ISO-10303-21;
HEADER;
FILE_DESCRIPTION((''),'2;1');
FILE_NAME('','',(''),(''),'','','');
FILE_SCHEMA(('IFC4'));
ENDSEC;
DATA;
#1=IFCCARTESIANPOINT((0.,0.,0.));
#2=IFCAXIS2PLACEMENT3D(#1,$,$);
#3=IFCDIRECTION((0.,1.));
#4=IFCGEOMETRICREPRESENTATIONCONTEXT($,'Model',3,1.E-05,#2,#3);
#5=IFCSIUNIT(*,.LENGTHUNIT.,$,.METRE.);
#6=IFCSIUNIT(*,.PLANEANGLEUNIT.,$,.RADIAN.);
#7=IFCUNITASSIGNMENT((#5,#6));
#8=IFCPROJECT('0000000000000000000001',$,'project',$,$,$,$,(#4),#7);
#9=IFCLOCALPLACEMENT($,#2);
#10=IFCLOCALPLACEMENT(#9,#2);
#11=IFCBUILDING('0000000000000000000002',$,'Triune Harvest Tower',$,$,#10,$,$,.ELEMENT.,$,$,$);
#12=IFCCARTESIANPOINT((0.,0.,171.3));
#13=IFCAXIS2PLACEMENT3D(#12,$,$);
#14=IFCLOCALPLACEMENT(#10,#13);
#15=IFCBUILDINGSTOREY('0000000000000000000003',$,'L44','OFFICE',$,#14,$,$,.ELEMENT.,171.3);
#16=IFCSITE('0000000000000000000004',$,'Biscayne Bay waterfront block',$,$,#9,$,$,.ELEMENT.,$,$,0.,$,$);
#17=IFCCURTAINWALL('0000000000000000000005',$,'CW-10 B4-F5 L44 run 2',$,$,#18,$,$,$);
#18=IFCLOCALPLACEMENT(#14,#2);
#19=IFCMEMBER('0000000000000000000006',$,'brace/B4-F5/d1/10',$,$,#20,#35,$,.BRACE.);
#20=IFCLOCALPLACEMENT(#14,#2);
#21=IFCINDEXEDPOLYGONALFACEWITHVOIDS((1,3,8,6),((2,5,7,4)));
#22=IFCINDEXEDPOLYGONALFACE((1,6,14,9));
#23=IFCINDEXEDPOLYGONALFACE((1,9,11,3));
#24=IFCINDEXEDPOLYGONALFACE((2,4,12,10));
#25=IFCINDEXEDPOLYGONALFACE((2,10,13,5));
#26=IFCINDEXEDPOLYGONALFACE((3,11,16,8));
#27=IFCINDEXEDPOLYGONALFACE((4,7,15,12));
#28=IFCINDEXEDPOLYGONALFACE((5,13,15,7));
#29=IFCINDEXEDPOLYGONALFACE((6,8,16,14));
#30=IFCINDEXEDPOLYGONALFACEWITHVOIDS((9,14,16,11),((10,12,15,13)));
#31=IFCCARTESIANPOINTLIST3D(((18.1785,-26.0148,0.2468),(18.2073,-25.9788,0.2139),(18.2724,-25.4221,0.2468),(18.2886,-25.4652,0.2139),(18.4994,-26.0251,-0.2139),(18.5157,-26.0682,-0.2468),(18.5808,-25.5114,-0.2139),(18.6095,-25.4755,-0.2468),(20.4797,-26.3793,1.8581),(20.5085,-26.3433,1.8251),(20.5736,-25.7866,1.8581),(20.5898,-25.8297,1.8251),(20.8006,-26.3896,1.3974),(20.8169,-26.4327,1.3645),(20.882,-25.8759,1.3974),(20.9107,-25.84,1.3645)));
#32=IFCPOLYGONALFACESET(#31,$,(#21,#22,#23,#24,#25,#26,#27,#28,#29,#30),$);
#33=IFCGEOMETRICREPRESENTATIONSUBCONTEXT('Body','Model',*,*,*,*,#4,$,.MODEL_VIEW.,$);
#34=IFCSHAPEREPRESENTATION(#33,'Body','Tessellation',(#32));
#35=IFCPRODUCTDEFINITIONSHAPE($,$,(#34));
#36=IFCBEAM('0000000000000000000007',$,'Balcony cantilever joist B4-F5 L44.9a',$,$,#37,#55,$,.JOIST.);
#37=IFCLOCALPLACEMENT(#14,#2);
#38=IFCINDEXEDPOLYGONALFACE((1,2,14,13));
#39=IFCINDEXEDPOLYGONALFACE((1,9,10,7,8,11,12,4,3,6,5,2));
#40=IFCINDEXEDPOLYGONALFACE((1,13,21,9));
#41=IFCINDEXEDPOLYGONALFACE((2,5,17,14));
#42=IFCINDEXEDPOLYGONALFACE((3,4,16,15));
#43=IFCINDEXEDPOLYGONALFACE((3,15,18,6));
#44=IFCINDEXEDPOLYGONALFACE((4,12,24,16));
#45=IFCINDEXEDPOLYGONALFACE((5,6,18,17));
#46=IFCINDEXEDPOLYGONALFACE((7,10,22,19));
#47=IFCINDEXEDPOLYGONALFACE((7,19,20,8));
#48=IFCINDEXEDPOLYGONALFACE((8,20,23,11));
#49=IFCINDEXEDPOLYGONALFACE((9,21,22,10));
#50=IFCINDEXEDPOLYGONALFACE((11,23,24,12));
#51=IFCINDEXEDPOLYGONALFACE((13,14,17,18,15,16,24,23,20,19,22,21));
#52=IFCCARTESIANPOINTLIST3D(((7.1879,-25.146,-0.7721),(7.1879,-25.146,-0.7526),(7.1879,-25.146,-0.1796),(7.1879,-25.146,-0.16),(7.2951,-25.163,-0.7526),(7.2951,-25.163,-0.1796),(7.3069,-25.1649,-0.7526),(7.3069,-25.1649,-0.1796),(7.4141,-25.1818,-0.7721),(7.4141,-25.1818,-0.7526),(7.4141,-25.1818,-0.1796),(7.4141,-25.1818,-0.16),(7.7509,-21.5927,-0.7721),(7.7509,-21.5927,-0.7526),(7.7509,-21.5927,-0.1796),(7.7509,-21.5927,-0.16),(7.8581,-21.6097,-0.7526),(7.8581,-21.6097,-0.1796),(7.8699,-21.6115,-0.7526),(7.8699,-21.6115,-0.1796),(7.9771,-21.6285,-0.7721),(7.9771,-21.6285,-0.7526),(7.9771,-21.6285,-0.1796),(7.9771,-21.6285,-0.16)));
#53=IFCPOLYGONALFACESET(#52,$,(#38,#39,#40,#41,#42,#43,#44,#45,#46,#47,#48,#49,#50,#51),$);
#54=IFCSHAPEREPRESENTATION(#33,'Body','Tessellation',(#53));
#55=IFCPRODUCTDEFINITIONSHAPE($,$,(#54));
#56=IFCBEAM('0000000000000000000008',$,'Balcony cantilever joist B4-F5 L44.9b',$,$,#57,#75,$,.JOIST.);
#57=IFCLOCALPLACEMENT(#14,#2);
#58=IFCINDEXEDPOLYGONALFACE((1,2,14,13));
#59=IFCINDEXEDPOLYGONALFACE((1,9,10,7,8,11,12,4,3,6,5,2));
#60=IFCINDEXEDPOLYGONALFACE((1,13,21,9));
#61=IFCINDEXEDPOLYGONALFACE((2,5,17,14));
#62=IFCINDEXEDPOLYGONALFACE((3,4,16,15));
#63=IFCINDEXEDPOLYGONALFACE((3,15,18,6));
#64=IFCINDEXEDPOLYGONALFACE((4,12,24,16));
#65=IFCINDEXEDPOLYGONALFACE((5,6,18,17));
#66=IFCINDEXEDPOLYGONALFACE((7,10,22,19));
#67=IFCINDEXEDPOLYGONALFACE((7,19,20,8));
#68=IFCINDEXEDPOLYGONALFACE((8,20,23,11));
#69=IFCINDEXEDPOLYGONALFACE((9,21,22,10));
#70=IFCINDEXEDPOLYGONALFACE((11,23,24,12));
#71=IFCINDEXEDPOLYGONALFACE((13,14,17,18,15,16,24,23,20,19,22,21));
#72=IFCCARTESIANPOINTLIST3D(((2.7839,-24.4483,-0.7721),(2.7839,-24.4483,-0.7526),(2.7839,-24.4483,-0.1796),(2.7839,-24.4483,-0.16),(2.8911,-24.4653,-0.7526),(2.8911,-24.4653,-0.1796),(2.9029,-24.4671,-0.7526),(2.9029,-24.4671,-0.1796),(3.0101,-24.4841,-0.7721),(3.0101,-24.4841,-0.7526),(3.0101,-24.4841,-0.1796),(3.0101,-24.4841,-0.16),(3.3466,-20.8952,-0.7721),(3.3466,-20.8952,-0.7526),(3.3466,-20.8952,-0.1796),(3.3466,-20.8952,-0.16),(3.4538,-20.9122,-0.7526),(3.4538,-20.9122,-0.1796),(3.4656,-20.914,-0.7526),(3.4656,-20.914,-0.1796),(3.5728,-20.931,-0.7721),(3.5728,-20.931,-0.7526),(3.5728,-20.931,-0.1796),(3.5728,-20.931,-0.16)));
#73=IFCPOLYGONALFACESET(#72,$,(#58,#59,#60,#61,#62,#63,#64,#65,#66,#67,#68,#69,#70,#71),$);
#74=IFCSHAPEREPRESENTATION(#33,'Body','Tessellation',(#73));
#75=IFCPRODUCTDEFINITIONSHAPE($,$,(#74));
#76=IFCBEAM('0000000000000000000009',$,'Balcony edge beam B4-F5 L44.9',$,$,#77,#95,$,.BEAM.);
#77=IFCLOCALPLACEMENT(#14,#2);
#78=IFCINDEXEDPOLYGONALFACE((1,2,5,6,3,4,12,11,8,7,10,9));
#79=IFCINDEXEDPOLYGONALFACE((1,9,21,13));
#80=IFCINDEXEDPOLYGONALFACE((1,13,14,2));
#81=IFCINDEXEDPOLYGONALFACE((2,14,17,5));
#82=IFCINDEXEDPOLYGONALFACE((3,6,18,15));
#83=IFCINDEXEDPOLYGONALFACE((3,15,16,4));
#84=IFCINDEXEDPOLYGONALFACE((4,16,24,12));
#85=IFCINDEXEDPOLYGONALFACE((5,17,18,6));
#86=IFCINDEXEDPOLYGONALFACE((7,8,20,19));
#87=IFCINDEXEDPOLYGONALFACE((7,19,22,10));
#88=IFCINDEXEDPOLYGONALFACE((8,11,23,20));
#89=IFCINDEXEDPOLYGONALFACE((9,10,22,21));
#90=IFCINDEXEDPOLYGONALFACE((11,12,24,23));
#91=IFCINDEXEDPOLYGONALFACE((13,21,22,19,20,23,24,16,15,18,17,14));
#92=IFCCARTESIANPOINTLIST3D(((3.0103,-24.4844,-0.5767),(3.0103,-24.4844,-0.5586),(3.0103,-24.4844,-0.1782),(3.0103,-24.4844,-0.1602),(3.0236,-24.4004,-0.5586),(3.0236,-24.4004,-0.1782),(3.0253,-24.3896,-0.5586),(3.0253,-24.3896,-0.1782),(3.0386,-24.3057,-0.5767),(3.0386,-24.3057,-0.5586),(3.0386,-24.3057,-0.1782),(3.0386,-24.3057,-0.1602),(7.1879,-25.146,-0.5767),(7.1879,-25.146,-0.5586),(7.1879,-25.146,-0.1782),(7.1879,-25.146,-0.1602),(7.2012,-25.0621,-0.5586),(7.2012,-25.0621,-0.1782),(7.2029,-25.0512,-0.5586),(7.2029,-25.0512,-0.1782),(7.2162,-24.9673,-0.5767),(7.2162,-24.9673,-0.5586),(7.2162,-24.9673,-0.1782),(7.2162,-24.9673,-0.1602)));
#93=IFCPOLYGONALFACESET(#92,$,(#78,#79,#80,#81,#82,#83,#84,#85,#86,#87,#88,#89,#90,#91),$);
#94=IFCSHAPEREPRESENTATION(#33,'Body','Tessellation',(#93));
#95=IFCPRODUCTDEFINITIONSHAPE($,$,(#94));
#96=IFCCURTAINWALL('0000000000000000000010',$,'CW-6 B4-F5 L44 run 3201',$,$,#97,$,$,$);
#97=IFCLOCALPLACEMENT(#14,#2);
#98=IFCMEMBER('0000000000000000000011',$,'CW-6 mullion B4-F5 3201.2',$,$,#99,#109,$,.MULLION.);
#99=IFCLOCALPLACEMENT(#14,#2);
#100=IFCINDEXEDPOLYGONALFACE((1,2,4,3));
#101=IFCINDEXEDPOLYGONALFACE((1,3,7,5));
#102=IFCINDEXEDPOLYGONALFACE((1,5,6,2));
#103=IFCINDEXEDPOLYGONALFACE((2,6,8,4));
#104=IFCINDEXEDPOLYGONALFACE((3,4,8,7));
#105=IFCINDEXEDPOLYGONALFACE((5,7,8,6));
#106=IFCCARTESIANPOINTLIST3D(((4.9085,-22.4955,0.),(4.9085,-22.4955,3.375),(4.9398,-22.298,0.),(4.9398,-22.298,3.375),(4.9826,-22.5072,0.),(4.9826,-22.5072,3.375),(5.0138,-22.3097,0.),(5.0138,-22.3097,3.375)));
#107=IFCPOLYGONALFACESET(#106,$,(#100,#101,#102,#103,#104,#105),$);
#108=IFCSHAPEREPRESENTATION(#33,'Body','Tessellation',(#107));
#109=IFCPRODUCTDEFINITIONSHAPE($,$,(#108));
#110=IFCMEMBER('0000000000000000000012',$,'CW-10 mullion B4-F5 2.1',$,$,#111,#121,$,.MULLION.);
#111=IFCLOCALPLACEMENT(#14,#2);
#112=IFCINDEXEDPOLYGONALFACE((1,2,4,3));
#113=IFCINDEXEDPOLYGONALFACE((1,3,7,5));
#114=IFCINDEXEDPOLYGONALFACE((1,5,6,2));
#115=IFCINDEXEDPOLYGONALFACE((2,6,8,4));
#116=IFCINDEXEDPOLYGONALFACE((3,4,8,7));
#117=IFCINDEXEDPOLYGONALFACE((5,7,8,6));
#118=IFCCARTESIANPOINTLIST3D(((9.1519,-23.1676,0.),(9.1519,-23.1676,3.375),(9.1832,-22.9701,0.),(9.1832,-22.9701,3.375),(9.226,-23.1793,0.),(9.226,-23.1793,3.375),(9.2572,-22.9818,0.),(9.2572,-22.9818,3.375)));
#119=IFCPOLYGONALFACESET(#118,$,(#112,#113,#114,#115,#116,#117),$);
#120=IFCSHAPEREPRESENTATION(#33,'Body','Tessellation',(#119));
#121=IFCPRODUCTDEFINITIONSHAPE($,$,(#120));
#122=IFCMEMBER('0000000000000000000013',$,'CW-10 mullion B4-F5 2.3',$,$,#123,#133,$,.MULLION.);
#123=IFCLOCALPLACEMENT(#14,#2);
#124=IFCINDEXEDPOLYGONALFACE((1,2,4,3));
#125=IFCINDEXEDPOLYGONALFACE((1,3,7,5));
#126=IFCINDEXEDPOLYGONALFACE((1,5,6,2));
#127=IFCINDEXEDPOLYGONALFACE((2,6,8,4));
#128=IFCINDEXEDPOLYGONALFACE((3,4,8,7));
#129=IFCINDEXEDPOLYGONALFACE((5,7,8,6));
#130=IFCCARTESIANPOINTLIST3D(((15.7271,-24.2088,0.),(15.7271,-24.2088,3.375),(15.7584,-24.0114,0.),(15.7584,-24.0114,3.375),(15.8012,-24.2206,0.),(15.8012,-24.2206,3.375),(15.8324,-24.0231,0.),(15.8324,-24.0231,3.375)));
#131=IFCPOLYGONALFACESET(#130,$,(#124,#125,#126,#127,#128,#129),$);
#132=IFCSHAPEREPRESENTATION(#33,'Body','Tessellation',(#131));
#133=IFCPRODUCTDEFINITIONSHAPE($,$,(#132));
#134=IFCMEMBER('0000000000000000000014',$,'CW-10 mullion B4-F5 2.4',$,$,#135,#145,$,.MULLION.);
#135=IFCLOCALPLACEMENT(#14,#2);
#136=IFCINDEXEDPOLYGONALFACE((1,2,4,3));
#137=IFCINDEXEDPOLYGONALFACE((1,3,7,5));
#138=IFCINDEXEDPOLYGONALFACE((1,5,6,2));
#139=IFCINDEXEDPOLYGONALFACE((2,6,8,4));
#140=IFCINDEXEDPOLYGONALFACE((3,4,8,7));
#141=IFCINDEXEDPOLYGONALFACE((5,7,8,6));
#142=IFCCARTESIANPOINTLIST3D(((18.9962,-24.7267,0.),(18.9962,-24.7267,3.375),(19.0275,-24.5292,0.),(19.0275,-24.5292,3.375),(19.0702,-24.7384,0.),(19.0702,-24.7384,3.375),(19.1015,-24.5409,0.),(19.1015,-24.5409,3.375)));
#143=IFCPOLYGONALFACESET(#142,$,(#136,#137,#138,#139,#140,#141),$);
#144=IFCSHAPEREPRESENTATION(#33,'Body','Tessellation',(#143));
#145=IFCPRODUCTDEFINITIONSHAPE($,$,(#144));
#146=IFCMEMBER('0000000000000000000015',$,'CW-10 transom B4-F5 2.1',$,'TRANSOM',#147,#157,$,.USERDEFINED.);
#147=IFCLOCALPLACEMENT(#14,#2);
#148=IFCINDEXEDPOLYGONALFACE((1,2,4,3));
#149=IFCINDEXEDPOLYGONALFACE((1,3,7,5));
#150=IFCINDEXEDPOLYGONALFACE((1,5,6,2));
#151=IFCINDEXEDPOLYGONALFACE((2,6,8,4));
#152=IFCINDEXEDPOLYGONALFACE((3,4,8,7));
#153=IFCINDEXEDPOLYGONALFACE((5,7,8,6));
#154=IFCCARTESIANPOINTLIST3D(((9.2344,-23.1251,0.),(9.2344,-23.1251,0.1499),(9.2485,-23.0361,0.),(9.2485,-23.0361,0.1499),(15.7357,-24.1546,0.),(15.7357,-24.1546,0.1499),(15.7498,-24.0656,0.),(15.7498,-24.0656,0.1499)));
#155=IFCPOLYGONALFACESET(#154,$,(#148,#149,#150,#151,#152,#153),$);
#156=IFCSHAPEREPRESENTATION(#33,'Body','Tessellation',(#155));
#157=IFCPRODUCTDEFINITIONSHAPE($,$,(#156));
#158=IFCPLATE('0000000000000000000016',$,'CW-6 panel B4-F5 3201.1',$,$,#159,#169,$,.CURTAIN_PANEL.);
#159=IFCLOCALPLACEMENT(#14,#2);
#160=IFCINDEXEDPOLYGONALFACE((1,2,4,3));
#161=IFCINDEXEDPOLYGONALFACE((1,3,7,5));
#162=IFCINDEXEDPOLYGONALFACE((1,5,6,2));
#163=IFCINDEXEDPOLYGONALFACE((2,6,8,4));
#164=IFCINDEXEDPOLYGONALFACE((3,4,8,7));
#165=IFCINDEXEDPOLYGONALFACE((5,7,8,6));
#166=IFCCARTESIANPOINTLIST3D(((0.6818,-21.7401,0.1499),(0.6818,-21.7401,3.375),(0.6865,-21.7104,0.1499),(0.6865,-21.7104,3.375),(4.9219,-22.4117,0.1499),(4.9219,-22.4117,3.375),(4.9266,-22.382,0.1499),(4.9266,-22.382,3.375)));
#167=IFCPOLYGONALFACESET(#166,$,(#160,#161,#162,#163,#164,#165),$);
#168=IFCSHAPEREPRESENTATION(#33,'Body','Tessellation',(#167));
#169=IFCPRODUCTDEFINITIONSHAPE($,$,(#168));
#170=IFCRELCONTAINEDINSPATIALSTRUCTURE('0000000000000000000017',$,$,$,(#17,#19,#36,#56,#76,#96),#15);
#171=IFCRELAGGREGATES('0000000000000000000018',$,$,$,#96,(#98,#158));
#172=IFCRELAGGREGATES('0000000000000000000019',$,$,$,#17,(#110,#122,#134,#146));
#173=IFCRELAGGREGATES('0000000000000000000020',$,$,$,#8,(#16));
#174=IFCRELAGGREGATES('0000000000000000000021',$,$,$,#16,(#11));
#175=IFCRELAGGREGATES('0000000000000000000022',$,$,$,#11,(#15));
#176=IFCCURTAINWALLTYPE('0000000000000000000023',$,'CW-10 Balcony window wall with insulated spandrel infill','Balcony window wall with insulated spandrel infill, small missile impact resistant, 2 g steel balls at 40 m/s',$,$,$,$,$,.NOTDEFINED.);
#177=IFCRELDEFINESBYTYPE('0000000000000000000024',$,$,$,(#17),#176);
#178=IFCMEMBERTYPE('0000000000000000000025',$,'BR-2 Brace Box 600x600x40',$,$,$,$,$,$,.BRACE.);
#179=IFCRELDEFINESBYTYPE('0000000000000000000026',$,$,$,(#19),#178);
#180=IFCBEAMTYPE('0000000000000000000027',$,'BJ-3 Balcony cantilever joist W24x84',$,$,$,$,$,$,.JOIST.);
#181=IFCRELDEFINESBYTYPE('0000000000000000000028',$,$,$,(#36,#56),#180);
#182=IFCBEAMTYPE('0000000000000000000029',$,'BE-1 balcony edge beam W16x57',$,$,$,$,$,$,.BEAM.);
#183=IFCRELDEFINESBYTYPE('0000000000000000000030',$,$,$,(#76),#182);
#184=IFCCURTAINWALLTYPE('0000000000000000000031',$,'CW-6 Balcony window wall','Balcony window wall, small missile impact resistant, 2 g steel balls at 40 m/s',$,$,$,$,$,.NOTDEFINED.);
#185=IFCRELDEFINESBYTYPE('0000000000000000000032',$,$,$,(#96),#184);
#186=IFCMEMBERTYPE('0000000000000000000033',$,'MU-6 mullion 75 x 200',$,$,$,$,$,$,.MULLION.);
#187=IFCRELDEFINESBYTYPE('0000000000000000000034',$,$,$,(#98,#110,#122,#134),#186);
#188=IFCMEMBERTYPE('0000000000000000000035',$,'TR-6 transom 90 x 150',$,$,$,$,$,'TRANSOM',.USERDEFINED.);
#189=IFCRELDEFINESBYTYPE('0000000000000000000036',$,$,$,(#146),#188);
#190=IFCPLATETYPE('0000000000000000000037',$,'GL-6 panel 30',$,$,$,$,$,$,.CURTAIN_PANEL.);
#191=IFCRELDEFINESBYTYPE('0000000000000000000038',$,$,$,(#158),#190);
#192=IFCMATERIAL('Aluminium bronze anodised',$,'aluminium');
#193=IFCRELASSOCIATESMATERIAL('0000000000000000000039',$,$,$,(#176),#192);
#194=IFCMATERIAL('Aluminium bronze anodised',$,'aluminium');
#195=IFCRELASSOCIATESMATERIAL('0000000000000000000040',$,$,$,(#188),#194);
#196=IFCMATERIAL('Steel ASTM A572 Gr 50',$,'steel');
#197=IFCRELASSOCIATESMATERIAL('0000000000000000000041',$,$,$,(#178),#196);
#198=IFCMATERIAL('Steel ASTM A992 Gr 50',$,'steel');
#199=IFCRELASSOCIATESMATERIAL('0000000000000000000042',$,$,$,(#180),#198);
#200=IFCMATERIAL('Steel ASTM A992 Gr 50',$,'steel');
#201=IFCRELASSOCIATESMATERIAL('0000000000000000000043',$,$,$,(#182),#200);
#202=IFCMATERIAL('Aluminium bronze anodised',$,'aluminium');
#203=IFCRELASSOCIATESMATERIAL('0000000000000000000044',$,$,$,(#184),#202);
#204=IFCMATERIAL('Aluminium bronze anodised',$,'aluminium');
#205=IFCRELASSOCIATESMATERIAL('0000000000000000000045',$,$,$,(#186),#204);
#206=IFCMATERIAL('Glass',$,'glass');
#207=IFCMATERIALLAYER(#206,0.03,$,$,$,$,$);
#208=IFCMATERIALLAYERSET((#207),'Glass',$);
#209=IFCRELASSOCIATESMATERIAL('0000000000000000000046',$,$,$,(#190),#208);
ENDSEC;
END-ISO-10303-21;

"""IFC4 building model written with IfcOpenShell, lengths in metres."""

from ifc_helpers import new_model, si_unit, direction, frame, origin, origin_2d, place, context, subcontext, project, spatial, rectangle, hollow_rectangle, i_section, extrude, source, transform, mapped, material, layer, layer_set, material_profile, profile_set, type_object, element, aggregate, save


model = new_model("IFC4")

# Units and contexts
model_context = context("Model", 3, precision=1e-05, world=origin(), true_north=direction((0.0, 1.0)))
body_context = subcontext(model_context, "Body", "Model", "MODEL_VIEW")
ifc_project = project(units=[si_unit("LENGTHUNIT", "METRE"), si_unit("PLANEANGLEUNIT", "RADIAN")], contexts=[model_context])

# Site, building, storey
site_placement = place(None, origin())
site = spatial("IfcSite", under=ifc_project, at=site_placement, Name="Biscayne Bay waterfront block", CompositionType="ELEMENT", RefElevation=0.0)
building_placement = place(site_placement, origin())
building = spatial("IfcBuilding", under=site, at=building_placement, Name="Triune Harvest Tower", CompositionType="ELEMENT")
storey_placement = place(building_placement, frame((0.0, 0.0, 171.3)))
storey = spatial("IfcBuildingStorey", under=building, at=storey_placement, Name="L44", Description="OFFICE", CompositionType="ELEMENT", Elevation=171.3)

# Curtain wall
ifc_material_1 = material(Name="Aluminium bronze anodised", Category="aluminium")
curtain_wall_type_1 = type_object("IfcCurtainWallType", Name="CW-10 Balcony window wall with insulated spandrel infill", Description="Balcony window wall with insulated spandrel infill, small missile impact resistant, 2 g steel balls at 40 m/s", PredefinedType="NOTDEFINED", material=ifc_material_1)
curtain_wall_1_placement = place(storey_placement, origin())
curtain_wall_1 = element("IfcCurtainWall", 1, at=curtain_wall_1_placement, inside=storey, type_object=curtain_wall_type_1, Name="CW-10 B4-F5 L44 run 2")
ifc_material_2 = material(Name="Aluminium bronze anodised", Category="aluminium")
ifc_material_profile_1 = material_profile(ifc_material_2, rectangle(XDim=0.0901, YDim=0.1499, at=origin_2d()), Name="TR-6 transom 90 x 150")
ifc_profile_set_1 = profile_set([ifc_material_profile_1], Name="Aluminium bronze anodised")
member_type_1 = type_object("IfcMemberType", Name="TR-6 transom 90 x 150", ElementType="TRANSOM", PredefinedType="USERDEFINED", material=ifc_profile_set_1)

# Member
ifc_material_3 = material(Name="Steel ASTM A572 Gr 50", Category="steel")
ifc_material_profile_2 = material_profile(ifc_material_3, hollow_rectangle(XDim=0.6001, YDim=0.6001, WallThickness=0.04, at=origin_2d()), Name="Box 600x600x40")
ifc_profile_set_2 = profile_set([ifc_material_profile_2], Name="Steel ASTM A572 Gr 50")
member_type_2 = type_object("IfcMemberType", Name="BR-2 Brace Box 600x600x40", PredefinedType="BRACE", material=ifc_profile_set_2)
shared_shape_1 = source(origin(), body_context, "Body", "SweptSolid", [
    extrude(hollow_rectangle(XDim=0.6001, YDim=0.6001, WallThickness=0.04, at=origin_2d()), origin(), (0.0, 0.0, 1.0), 2.8328),
])
member_1_placement = place(storey_placement, frame((18.394, -25.7451, 0.0), z_axis=(0.812349, -0.128669, 0.5688), x_axis=(0.156441, 0.987687, 0.0)))
element("IfcMember", 2, at=member_1_placement, inside=storey, type_object=member_type_2, Name="brace/B4-F5/d1/10", PredefinedType="BRACE", context=body_context, shape_type="MappedRepresentation", body=[
    mapped(shared_shape_1, transform((0.0, 0.0, 0.0), scale=1.0)),
])

# Beams
ifc_material_4 = material(Name="Steel ASTM A992 Gr 50", Category="steel")
ifc_material_profile_3 = material_profile(ifc_material_4, i_section(OverallWidth=0.229, OverallDepth=0.6121, WebThickness=0.012, FlangeThickness=0.0195, at=origin_2d()), Name="W24x84")
ifc_profile_set_3 = profile_set([ifc_material_profile_3], Name="Steel ASTM A992 Gr 50")
beam_type_1 = type_object("IfcBeamType", Name="BJ-3 Balcony cantilever joist W24x84", PredefinedType="JOIST", material=ifc_profile_set_3)
shared_shape_2 = source(origin(), body_context, "Body", "SweptSolid", [
    extrude(i_section(OverallWidth=0.229, OverallDepth=0.6121, WebThickness=0.012, FlangeThickness=0.0195, at=origin_2d()), origin(), (0.0, 0.0, 1.0), 3.5977),
])
beam_1_placement = place(storey_placement, frame((7.864, -21.6106, -0.4661), z_axis=(-0.156492, -0.987679, 0.0), x_axis=(0.987679, -0.156492, 0.0)))
element("IfcBeam", 3, at=beam_1_placement, inside=storey, type_object=beam_type_1, Name="Balcony cantilever joist B4-F5 L44.9a", PredefinedType="JOIST", context=body_context, shape_type="MappedRepresentation", body=[
    mapped(shared_shape_2, transform((0.0, 0.0, 0.0), scale=1.0)),
])
shared_shape_3 = source(origin(), body_context, "Body", "SweptSolid", [
    extrude(i_section(OverallWidth=0.229, OverallDepth=0.6121, WebThickness=0.012, FlangeThickness=0.0195, at=origin_2d()), origin(), (0.0, 0.0, 1.0), 3.5974),
])
beam_2_placement = place(storey_placement, frame((3.4597, -20.9131, -0.4661), z_axis=(-0.156426, -0.98769, 0.0), x_axis=(0.98769, -0.156426, 0.0)))
element("IfcBeam", 4, at=beam_2_placement, inside=storey, type_object=beam_type_1, Name="Balcony cantilever joist B4-F5 L44.9b", PredefinedType="JOIST", context=body_context, shape_type="MappedRepresentation", body=[
    mapped(shared_shape_3, transform((0.0, 0.0, 0.0), scale=1.0)),
])
ifc_material_5 = material(Name="Steel ASTM A992 Gr 50", Category="steel")
ifc_material_profile_4 = material_profile(ifc_material_5, i_section(OverallWidth=0.1809, OverallDepth=0.4165, WebThickness=0.011, FlangeThickness=0.0181, at=origin_2d()), Name="W16x57")
ifc_profile_set_4 = profile_set([ifc_material_profile_4], Name="Steel ASTM A992 Gr 50")
beam_type_2 = type_object("IfcBeamType", Name="BE-1 balcony edge beam W16x57", PredefinedType="BEAM", material=ifc_profile_set_4)
shared_shape_4 = source(origin(), body_context, "Body", "SweptSolid", [
    extrude(i_section(OverallWidth=0.1809, OverallDepth=0.4165, WebThickness=0.011, FlangeThickness=0.0181, at=origin_2d()), origin(), (0.0, 0.0, 1.0), 4.2297),
])
beam_3_placement = place(storey_placement, frame((3.0244, -24.395, -0.3684), z_axis=(0.987691, -0.156419, 0.0), x_axis=(0.156419, 0.987691, 0.0)))
element("IfcBeam", 5, at=beam_3_placement, inside=storey, type_object=beam_type_2, Name="Balcony edge beam B4-F5 L44.9", PredefinedType="BEAM", context=body_context, shape_type="MappedRepresentation", body=[
    mapped(shared_shape_4, transform((0.0, 0.0, 0.0), scale=1.0)),
])

# Curtain wall, member
ifc_material_6 = material(Name="Aluminium bronze anodised", Category="aluminium")
curtain_wall_type_2 = type_object("IfcCurtainWallType", Name="CW-6 Balcony window wall", Description="Balcony window wall, small missile impact resistant, 2 g steel balls at 40 m/s", PredefinedType="NOTDEFINED", material=ifc_material_6)
curtain_wall_2_placement = place(storey_placement, origin())
curtain_wall_2 = element("IfcCurtainWall", 6, at=curtain_wall_2_placement, inside=storey, type_object=curtain_wall_type_2, Name="CW-6 B4-F5 L44 run 3201")
ifc_material_7 = material(Name="Aluminium bronze anodised", Category="aluminium")
ifc_material_profile_5 = material_profile(ifc_material_7, rectangle(XDim=0.2, YDim=0.075, at=origin_2d()), Name="MU-6 mullion 75 x 200")
ifc_profile_set_5 = profile_set([ifc_material_profile_5], Name="Aluminium bronze anodised")
member_type_3 = type_object("IfcMemberType", Name="MU-6 mullion 75 x 200", PredefinedType="MULLION", material=ifc_profile_set_5)
shared_shape_5 = source(origin(), body_context, "Body", "SweptSolid", [
    extrude(rectangle(XDim=0.2, YDim=0.075, at=origin_2d()), origin(), (0.0, 0.0, 1.0), 3.375),
])
member_2_placement = place(storey_placement, frame((4.9612, -22.4026, 0.0), z_axis=(0.0, 0.0, 1.0), x_axis=(0.156448, 0.987686, 0.0)))
member_2 = element("IfcMember", 7, at=member_2_placement, type_object=member_type_3, Name="CW-6 mullion B4-F5 3201.2", PredefinedType="MULLION", context=body_context, shape_type="MappedRepresentation", body=[
    mapped(shared_shape_5, transform((0.0, 0.0, 0.0), scale=1.0)),
])

# Members
member_3_placement = place(storey_placement, frame((9.2046, -23.0747, 0.0), z_axis=(0.0, 0.0, 1.0), x_axis=(0.156432, 0.987689, 0.0)))
member_3 = element("IfcMember", 8, at=member_3_placement, type_object=member_type_3, Name="CW-10 mullion B4-F5 2.1", PredefinedType="MULLION", context=body_context, shape_type="MappedRepresentation", body=[
    mapped(shared_shape_5, transform((0.0, 0.0, 0.0), scale=1.0)),
])
member_4_placement = place(storey_placement, frame((15.7798, -24.116, 0.0), z_axis=(0.0, 0.0, 1.0), x_axis=(0.156432, 0.987689, 0.0)))
member_4 = element("IfcMember", 9, at=member_4_placement, type_object=member_type_3, Name="CW-10 mullion B4-F5 2.3", PredefinedType="MULLION", context=body_context, shape_type="MappedRepresentation", body=[
    mapped(shared_shape_5, transform((0.0, 0.0, 0.0), scale=1.0)),
])
member_5_placement = place(storey_placement, frame((19.0488, -24.6338, 0.0), z_axis=(0.0, 0.0, 1.0), x_axis=(0.156432, 0.987689, 0.0)))
member_5 = element("IfcMember", 10, at=member_5_placement, type_object=member_type_3, Name="CW-10 mullion B4-F5 2.4", PredefinedType="MULLION", context=body_context, shape_type="MappedRepresentation", body=[
    mapped(shared_shape_5, transform((0.0, 0.0, 0.0), scale=1.0)),
])
shared_shape_6 = source(origin(), body_context, "Body", "SweptSolid", [
    extrude(rectangle(XDim=0.0901, YDim=0.1499, at=origin_2d()), origin(), (0.0, 0.0, 1.0), 6.5823),
])
member_6_placement = place(storey_placement, frame((9.2415, -23.0806, 0.075), z_axis=(0.987692, -0.156412, 0.0), x_axis=(0.156412, 0.987692, 0.0)))
member_6 = element("IfcMember", 11, at=member_6_placement, type_object=member_type_1, Name="CW-10 transom B4-F5 2.1", ObjectType="TRANSOM", PredefinedType="USERDEFINED", context=body_context, shape_type="MappedRepresentation", body=[
    mapped(shared_shape_6, transform((0.0, 0.0, 0.0), scale=1.0)),
])

# Plate
ifc_material_8 = material(Name="Glass", Category="glass")
ifc_layer_1 = layer(ifc_material_8, 0.03)
ifc_layer_set_1 = layer_set([ifc_layer_1], Name="Glass")
plate_type_1 = type_object("IfcPlateType", Name="GL-6 panel 30", PredefinedType="CURTAIN_PANEL", material=ifc_layer_set_1)
plate_1_placement = place(storey_placement, frame((2.8042, -22.061, 0.1499), z_axis=(0.0, 0.0, 1.0), x_axis=(0.987686, -0.156448, 0.0)))
plate_1 = element("IfcPlate", 12, at=plate_1_placement, type_object=plate_type_1, Name="CW-6 panel B4-F5 3201.1", PredefinedType="CURTAIN_PANEL", context=body_context, shape_type="SweptSolid", body=[
    extrude(rectangle(XDim=4.293, YDim=0.03, at=origin_2d()), origin(), (0.0, 0.0, 1.0), 3.2251),
])
aggregate(curtain_wall_2, [member_2, plate_1])
aggregate(curtain_wall_1, [member_3, member_4, member_5, member_6])

save(model, "model.ifc")
